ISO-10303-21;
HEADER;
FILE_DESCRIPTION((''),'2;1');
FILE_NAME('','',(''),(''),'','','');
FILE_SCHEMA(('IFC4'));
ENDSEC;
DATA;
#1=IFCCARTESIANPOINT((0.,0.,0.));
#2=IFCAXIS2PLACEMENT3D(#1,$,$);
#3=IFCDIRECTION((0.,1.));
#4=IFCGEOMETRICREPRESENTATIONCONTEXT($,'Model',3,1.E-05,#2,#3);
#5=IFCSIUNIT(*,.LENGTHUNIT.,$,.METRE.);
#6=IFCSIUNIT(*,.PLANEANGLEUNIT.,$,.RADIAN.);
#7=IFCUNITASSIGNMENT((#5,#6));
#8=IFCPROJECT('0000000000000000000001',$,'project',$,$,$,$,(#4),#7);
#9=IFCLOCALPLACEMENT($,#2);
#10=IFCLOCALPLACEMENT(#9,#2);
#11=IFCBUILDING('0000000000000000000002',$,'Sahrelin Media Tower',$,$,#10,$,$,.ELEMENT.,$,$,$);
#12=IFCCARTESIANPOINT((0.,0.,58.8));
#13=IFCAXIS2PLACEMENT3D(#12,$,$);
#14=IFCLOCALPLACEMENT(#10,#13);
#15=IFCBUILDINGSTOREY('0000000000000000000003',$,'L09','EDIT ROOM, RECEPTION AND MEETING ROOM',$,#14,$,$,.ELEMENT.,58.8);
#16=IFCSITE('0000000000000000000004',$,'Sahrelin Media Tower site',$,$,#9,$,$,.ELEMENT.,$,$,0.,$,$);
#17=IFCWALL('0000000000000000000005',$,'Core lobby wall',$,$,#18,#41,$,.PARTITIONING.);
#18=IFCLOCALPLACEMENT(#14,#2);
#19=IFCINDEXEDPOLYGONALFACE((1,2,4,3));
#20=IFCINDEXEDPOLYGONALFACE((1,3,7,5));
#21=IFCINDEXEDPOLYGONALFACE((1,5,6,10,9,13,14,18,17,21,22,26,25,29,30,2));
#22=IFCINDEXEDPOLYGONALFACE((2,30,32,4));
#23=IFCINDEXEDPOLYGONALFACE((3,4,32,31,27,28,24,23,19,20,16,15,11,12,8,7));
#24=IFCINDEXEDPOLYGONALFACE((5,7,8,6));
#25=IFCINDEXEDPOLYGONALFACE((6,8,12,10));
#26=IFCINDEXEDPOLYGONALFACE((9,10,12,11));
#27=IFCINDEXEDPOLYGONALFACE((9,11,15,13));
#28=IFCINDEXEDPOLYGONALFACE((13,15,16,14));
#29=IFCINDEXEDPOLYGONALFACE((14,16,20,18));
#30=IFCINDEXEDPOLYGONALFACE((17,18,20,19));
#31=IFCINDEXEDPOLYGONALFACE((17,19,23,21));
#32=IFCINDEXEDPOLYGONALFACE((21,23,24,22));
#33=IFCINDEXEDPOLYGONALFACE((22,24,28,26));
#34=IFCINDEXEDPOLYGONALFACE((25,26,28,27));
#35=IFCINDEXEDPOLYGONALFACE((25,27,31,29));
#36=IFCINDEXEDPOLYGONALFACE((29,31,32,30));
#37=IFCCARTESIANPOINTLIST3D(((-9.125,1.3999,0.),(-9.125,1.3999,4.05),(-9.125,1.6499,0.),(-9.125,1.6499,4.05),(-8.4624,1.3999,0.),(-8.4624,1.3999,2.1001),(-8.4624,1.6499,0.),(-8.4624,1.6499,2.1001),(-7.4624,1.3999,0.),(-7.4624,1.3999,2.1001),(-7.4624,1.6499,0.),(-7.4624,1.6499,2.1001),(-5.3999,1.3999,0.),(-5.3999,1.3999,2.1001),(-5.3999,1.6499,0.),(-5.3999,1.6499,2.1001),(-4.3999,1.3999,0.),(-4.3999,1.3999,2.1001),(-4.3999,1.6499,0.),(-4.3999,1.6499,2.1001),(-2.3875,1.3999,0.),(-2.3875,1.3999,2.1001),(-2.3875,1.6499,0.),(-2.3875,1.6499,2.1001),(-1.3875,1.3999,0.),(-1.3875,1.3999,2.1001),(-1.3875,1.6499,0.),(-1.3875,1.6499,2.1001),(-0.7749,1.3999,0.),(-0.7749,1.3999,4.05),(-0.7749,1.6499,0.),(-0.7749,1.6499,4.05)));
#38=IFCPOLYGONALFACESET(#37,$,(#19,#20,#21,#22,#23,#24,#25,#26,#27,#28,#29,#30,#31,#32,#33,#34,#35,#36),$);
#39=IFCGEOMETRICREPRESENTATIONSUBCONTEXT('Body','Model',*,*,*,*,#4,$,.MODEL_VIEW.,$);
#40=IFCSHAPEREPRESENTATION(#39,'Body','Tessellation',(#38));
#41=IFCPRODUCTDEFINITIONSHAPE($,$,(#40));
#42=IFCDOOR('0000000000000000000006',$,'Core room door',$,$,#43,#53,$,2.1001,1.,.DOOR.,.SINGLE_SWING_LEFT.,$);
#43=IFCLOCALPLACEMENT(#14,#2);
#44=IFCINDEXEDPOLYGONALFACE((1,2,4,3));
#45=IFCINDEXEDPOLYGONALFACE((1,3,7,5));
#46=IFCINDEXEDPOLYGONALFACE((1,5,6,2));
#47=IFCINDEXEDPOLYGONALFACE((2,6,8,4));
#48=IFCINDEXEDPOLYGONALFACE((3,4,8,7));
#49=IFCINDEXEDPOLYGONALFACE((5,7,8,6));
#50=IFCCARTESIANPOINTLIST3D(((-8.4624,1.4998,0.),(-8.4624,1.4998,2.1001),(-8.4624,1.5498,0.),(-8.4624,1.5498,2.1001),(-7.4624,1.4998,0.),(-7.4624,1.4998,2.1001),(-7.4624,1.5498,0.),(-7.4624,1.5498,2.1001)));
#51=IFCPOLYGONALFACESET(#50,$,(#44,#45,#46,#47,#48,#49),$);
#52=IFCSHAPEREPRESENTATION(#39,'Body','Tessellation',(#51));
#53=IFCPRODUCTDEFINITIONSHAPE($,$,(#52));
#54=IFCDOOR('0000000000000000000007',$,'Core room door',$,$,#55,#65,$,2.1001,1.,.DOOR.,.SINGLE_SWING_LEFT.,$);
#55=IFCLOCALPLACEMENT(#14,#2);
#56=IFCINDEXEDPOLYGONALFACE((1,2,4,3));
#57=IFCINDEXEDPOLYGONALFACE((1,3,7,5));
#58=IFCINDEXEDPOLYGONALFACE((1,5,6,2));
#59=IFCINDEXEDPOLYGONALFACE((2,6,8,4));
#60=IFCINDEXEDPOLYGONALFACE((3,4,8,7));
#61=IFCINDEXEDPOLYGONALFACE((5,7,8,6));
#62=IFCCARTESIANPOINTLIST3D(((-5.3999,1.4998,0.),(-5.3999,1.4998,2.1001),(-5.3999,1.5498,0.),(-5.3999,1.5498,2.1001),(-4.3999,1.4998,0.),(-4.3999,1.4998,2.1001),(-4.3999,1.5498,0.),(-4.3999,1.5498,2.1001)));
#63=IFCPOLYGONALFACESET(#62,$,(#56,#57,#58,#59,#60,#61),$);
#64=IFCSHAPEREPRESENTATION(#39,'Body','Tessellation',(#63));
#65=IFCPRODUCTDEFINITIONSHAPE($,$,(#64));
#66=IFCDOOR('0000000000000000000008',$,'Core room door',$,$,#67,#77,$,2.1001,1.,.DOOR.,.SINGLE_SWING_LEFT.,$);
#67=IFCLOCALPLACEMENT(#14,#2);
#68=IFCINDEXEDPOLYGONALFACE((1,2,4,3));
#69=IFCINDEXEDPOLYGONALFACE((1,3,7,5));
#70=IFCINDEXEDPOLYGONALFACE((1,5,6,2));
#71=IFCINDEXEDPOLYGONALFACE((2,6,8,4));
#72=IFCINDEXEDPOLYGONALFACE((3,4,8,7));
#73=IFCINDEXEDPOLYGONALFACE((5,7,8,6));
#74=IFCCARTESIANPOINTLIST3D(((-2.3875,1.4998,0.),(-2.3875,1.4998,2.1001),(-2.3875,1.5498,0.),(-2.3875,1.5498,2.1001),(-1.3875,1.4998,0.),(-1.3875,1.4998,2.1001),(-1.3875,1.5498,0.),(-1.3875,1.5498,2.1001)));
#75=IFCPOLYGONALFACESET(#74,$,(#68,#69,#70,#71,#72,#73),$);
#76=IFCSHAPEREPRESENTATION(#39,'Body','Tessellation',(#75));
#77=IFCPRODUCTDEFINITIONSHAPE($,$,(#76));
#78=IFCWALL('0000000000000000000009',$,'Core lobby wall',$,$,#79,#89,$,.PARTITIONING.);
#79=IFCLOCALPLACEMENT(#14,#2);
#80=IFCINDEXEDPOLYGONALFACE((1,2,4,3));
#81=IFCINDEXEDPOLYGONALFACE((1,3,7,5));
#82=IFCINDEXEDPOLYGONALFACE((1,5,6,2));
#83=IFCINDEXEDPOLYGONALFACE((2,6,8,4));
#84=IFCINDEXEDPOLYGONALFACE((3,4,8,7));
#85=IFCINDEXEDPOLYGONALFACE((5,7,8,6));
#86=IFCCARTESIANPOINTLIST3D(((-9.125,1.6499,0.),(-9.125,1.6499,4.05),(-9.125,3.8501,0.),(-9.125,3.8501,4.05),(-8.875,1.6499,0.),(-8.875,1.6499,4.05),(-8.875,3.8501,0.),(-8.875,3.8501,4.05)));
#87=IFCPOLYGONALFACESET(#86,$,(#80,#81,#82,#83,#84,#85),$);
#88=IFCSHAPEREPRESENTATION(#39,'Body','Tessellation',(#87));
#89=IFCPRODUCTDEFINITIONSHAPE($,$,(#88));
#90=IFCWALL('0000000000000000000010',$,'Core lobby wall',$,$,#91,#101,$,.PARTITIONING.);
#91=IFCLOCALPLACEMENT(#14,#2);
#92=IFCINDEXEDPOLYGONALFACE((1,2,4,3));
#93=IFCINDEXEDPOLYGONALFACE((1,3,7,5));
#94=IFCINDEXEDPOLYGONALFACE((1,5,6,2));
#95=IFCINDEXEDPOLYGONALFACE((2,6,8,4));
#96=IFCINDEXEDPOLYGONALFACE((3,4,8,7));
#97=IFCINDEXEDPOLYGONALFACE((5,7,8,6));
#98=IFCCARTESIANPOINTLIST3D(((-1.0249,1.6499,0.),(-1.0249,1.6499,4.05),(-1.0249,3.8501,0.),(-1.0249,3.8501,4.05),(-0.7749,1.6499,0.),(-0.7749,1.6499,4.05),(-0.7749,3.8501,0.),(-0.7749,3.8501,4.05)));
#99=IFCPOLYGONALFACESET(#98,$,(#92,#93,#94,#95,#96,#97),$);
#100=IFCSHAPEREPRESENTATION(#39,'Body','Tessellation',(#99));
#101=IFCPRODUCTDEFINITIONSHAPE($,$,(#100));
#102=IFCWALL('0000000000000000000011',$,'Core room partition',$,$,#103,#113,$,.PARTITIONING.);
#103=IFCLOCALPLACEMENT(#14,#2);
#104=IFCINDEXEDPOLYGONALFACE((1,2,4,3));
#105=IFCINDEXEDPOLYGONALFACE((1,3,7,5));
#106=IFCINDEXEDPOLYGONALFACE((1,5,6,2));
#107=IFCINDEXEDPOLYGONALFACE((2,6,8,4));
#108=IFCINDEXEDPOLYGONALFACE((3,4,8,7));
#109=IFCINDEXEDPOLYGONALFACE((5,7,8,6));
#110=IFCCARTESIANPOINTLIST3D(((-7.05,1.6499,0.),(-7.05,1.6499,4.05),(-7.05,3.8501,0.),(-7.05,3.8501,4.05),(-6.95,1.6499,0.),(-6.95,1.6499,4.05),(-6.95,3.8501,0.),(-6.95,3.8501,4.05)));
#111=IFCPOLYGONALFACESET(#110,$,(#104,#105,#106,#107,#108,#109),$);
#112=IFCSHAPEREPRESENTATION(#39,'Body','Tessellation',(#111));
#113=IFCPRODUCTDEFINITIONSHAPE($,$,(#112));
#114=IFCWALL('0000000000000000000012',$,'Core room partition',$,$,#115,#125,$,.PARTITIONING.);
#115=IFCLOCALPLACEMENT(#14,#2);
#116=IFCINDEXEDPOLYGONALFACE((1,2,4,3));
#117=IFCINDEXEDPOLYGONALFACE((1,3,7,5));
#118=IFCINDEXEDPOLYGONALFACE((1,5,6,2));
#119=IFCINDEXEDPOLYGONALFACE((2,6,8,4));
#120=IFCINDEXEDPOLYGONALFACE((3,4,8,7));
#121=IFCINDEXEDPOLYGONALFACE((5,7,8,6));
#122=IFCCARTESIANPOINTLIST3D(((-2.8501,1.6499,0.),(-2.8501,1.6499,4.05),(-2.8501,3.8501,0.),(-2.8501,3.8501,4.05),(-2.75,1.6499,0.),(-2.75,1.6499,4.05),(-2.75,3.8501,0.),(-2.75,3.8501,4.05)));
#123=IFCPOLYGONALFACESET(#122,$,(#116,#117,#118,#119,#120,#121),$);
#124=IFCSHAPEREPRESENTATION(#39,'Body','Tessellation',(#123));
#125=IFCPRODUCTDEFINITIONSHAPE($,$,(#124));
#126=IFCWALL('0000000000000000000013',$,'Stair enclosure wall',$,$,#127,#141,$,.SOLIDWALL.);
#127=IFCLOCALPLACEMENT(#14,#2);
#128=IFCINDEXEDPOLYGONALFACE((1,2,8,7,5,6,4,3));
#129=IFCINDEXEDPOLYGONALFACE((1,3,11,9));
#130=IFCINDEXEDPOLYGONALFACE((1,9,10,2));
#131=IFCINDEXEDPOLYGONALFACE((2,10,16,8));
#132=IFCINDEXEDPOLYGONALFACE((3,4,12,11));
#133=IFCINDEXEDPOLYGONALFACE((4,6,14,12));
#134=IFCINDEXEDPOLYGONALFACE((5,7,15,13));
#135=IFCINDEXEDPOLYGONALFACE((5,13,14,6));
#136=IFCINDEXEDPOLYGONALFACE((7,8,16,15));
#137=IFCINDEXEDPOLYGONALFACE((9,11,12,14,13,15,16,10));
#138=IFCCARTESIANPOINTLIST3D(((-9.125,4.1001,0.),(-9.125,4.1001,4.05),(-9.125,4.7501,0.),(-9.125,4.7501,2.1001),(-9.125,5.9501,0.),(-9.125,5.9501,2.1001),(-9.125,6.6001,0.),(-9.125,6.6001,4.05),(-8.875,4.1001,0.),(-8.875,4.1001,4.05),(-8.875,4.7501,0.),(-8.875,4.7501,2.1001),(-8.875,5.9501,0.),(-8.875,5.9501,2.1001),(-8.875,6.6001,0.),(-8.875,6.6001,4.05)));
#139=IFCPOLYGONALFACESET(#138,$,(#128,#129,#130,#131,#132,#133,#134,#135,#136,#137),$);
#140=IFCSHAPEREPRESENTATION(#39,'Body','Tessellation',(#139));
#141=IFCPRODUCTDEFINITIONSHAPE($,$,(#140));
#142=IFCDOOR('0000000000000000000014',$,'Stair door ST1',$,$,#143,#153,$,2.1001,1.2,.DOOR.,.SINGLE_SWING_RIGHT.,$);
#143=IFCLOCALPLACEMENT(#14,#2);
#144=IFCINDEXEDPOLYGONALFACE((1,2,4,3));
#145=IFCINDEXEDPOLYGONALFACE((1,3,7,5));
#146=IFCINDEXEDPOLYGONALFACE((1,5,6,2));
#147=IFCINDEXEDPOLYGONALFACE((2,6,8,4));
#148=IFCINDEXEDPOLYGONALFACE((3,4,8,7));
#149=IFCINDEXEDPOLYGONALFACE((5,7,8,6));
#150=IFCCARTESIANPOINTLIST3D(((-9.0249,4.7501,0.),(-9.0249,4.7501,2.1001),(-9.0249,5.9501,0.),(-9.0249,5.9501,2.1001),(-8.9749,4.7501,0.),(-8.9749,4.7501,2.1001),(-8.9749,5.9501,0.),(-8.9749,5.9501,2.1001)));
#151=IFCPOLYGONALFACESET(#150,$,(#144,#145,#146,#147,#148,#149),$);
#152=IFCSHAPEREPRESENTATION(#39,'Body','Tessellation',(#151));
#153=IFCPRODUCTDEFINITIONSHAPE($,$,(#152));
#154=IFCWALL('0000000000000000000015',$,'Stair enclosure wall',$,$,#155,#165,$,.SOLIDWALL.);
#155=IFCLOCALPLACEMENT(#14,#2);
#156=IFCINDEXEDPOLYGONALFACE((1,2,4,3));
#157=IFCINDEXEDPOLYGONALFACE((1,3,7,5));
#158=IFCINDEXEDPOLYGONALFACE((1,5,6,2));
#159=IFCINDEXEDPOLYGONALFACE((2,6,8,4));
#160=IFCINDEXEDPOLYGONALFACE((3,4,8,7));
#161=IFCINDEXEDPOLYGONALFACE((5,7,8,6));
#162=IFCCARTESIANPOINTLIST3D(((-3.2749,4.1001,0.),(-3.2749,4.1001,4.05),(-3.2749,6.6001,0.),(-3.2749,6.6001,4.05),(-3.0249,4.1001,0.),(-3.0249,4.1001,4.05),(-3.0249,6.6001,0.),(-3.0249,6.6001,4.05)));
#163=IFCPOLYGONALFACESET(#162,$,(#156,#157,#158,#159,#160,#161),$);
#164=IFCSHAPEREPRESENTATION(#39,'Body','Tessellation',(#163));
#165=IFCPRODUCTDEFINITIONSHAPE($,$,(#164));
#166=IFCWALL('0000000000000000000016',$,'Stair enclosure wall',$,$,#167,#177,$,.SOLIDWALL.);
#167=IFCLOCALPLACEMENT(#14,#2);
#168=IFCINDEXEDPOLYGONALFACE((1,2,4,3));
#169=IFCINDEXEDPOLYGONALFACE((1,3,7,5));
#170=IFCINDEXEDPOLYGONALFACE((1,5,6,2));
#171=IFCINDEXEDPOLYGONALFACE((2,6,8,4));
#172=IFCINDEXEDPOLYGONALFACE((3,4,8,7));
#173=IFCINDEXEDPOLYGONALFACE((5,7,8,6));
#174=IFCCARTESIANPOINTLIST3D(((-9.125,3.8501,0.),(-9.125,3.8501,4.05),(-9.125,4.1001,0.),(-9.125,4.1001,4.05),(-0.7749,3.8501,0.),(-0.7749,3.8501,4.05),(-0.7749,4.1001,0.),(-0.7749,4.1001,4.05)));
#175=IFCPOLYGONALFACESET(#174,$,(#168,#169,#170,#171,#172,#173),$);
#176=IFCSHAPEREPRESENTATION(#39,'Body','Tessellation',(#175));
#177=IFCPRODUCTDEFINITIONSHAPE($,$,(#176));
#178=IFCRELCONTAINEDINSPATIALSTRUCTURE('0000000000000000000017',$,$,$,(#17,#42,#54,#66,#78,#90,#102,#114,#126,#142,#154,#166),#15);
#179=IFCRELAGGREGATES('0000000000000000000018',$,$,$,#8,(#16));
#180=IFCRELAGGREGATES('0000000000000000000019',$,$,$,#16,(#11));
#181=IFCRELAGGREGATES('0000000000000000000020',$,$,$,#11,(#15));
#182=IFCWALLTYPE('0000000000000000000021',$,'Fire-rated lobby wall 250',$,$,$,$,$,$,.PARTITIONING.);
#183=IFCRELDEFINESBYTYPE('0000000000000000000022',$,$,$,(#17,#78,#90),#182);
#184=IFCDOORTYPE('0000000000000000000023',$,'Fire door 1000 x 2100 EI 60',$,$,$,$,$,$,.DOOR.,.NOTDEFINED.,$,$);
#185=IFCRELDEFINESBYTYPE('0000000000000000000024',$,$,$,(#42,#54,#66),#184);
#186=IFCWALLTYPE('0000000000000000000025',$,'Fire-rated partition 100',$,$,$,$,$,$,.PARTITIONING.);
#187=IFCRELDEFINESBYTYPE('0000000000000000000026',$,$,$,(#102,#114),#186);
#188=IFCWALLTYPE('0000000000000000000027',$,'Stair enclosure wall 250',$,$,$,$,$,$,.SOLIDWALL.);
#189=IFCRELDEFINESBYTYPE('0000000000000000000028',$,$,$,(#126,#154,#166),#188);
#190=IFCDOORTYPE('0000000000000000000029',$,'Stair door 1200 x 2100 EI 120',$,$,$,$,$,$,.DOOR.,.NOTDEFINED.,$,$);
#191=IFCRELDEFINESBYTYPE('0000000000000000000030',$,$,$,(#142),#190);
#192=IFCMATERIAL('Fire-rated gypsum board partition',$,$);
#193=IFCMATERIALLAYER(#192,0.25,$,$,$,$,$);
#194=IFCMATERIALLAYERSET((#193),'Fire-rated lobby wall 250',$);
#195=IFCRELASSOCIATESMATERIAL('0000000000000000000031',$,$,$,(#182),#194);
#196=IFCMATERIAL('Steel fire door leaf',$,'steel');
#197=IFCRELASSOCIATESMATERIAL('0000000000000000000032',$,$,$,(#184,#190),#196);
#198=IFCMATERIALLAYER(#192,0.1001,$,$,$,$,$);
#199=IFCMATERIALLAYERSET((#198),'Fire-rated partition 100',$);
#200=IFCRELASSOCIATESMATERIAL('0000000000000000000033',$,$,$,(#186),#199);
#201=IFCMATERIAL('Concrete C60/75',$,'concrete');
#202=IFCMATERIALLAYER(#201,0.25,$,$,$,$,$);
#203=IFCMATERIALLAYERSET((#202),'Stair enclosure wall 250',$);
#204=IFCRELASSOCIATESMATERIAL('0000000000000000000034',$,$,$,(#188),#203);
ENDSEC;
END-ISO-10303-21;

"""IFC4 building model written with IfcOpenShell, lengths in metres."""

from ifc_helpers import new_model, si_unit, direction, frame, frame_2d, origin, place, context, subcontext, project, spatial, rectangle, extrude, material, layer, layer_set, type_object, element, fill, save


model = new_model("IFC4")

# Units and contexts
model_context = context("Model", 3, precision=1e-05, world=origin(), true_north=direction((0.0, 1.0)))
body_context = subcontext(model_context, "Body", "Model", "MODEL_VIEW")
ifc_project = project(units=[si_unit("LENGTHUNIT", "METRE"), si_unit("PLANEANGLEUNIT", "RADIAN")], contexts=[model_context])

# Site, building, storey
site_placement = place(None, origin())
site = spatial("IfcSite", under=ifc_project, at=site_placement, Name="Sahrelin Media Tower site", CompositionType="ELEMENT", RefElevation=0.0)
building_placement = place(site_placement, origin())
building = spatial("IfcBuilding", under=site, at=building_placement, Name="Sahrelin Media Tower", CompositionType="ELEMENT")
storey_placement = place(building_placement, frame((0.0, 0.0, 58.8)))
storey = spatial("IfcBuildingStorey", under=building, at=storey_placement, Name="L09", Description="EDIT ROOM, RECEPTION AND MEETING ROOM", CompositionType="ELEMENT", Elevation=58.8)

# Shared definitions
ifc_material_1 = material(Name="Concrete C60/75", Category="concrete")
ifc_material_2 = material(Name="Steel fire door leaf", Category="steel")

# Shared definitions
ifc_material_3 = material(Name="Fire-rated gypsum board partition")
ifc_layer_1 = layer(ifc_material_3, 0.25)
ifc_layer_set_1 = layer_set([ifc_layer_1], Name="Fire-rated lobby wall 250")
wall_type_1 = type_object("IfcWallType", Name="Fire-rated lobby wall 250", PredefinedType="PARTITIONING", material=ifc_layer_set_1)

# Wall, openings, doors
wall_1_placement = place(storey_placement, frame((-9.125, 1.5249, 0.0), z_axis=(0.0, 0.0, 1.0), x_axis=(1.0, 0.0, 0.0)))
wall_1 = element("IfcWall", 1, at=wall_1_placement, inside=storey, type_object=wall_type_1, Name="Core lobby wall", PredefinedType="PARTITIONING", context=body_context, shape_type="SweptSolid", body=[
    extrude(rectangle(XDim=8.3501, YDim=0.25, at=frame_2d((4.175, 0.0))), origin(), (0.0, 0.0, 1.0), 4.05),
])
opening_1_placement = place(wall_1_placement, frame((0.6626, 0.0, 0.0)))
opening_1 = element("IfcOpeningElement", 2, at=opening_1_placement, cuts=wall_1, PredefinedType="OPENING", context=body_context, shape_type="SweptSolid", body=[
    extrude(rectangle(XDim=1.0, YDim=2.1001, at=frame_2d((0.5, 1.05))), frame((0.0, 0.125, 0.0), z_axis=(0.0, -1.0, 0.0), x_axis=(1.0, 0.0, 0.0)), (0.0, 0.0, 1.0), 0.25),
])
opening_2_placement = place(wall_1_placement, frame((3.7251, 0.0, 0.0)))
opening_2 = element("IfcOpeningElement", 3, at=opening_2_placement, cuts=wall_1, PredefinedType="OPENING", context=body_context, shape_type="SweptSolid", body=[
    extrude(rectangle(XDim=1.0, YDim=2.1001, at=frame_2d((0.5, 1.05))), frame((0.0, 0.125, 0.0), z_axis=(0.0, -1.0, 0.0), x_axis=(1.0, 0.0, 0.0)), (0.0, 0.0, 1.0), 0.25),
])
opening_3_placement = place(wall_1_placement, frame((6.7375, 0.0, 0.0)))
opening_3 = element("IfcOpeningElement", 4, at=opening_3_placement, cuts=wall_1, PredefinedType="OPENING", context=body_context, shape_type="SweptSolid", body=[
    extrude(rectangle(XDim=1.0, YDim=2.1001, at=frame_2d((0.5, 1.05))), frame((0.0, 0.125, 0.0), z_axis=(0.0, -1.0, 0.0), x_axis=(1.0, 0.0, 0.0)), (0.0, 0.0, 1.0), 0.25),
])
door_type_1 = type_object("IfcDoorType", Name="Fire door 1000 x 2100 EI 60", OperationType="NOTDEFINED", PredefinedType="DOOR", material=ifc_material_2)
door_1_placement = place(opening_1_placement, origin())
door_1 = element("IfcDoor", 5, at=door_1_placement, inside=storey, type_object=door_type_1, Name="Core room door", OperationType="SINGLE_SWING_LEFT", OverallHeight=2.1001, OverallWidth=1.0, PredefinedType="DOOR", context=body_context, shape_type="SweptSolid", body=[
    extrude(rectangle(XDim=1.0, YDim=2.1001, at=frame_2d((0.5, 1.05))), frame((0.0, 0.0249, 0.0), z_axis=(0.0, -1.0, 0.0), x_axis=(1.0, 0.0, 0.0)), (0.0, 0.0, 1.0), 0.05),
])
fill(opening_1, door_1)
door_2_placement = place(opening_2_placement, origin())
door_2 = element("IfcDoor", 6, at=door_2_placement, inside=storey, type_object=door_type_1, Name="Core room door", OperationType="SINGLE_SWING_LEFT", OverallHeight=2.1001, OverallWidth=1.0, PredefinedType="DOOR", context=body_context, shape_type="SweptSolid", body=[
    extrude(rectangle(XDim=1.0, YDim=2.1001, at=frame_2d((0.5, 1.05))), frame((0.0, 0.0249, 0.0), z_axis=(0.0, -1.0, 0.0), x_axis=(1.0, 0.0, 0.0)), (0.0, 0.0, 1.0), 0.05),
])
fill(opening_2, door_2)
door_3_placement = place(opening_3_placement, origin())
door_3 = element("IfcDoor", 7, at=door_3_placement, inside=storey, type_object=door_type_1, Name="Core room door", OperationType="SINGLE_SWING_LEFT", OverallHeight=2.1001, OverallWidth=1.0, PredefinedType="DOOR", context=body_context, shape_type="SweptSolid", body=[
    extrude(rectangle(XDim=1.0, YDim=2.1001, at=frame_2d((0.5, 1.05))), frame((0.0, 0.0249, 0.0), z_axis=(0.0, -1.0, 0.0), x_axis=(1.0, 0.0, 0.0)), (0.0, 0.0, 1.0), 0.05),
])
fill(opening_3, door_3)

# Walls
for number, where, z_axis, x_axis, name in (
    (8, (-9.0, 1.6499, 0.0), (0.0, 0.0, 1.0), (0.0, 1.0, 0.0), "Core lobby wall"),
    (9, (-0.8999, 1.6499, 0.0), (0.0, 0.0, 1.0), (0.0, 1.0, 0.0), "Core lobby wall"),
):
    element("IfcWall", number, at=place(storey_placement, frame(where, z_axis=z_axis, x_axis=x_axis)), inside=storey, type_object=wall_type_1, Name=name, PredefinedType="PARTITIONING", context=body_context, shape_type="SweptSolid", body=[
        extrude(rectangle(XDim=2.2002, YDim=0.25, at=frame_2d((1.1001, 0.0))), origin(), (0.0, 0.0, 1.0), 4.05),
    ])
ifc_layer_2 = layer(ifc_material_3, 0.1001)
ifc_layer_set_2 = layer_set([ifc_layer_2], Name="Fire-rated partition 100")
wall_type_2 = type_object("IfcWallType", Name="Fire-rated partition 100", PredefinedType="PARTITIONING", material=ifc_layer_set_2)
for number, where, z_axis, x_axis, name in (
    (10, (-7.0, 1.6499, 0.0), (0.0, 0.0, 1.0), (0.0, 1.0, 0.0), "Core room partition"),
    (11, (-2.8, 1.6499, 0.0), (0.0, 0.0, 1.0), (0.0, 1.0, 0.0), "Core room partition"),
):
    element("IfcWall", number, at=place(storey_placement, frame(where, z_axis=z_axis, x_axis=x_axis)), inside=storey, type_object=wall_type_2, Name=name, PredefinedType="PARTITIONING", context=body_context, shape_type="SweptSolid", body=[
        extrude(rectangle(XDim=2.2002, YDim=0.1001, at=frame_2d((1.1001, 0.0))), origin(), (0.0, 0.0, 1.0), 4.05),
    ])

# Wall, opening, door
ifc_layer_3 = layer(ifc_material_1, 0.25)
ifc_layer_set_3 = layer_set([ifc_layer_3], Name="Stair enclosure wall 250")
wall_type_3 = type_object("IfcWallType", Name="Stair enclosure wall 250", PredefinedType="SOLIDWALL", material=ifc_layer_set_3)
wall_2_placement = place(storey_placement, frame((-9.0, 4.1001, 0.0), z_axis=(0.0, 0.0, 1.0), x_axis=(0.0, 1.0, 0.0)))
wall_2 = element("IfcWall", 12, at=wall_2_placement, inside=storey, type_object=wall_type_3, Name="Stair enclosure wall", PredefinedType="SOLIDWALL", context=body_context, shape_type="SweptSolid", body=[
    extrude(rectangle(XDim=2.5, YDim=0.25, at=frame_2d((1.25, 0.0))), origin(), (0.0, 0.0, 1.0), 4.05),
])
opening_4_placement = place(wall_2_placement, frame((0.6499, 0.0, 0.0)))
opening_4 = element("IfcOpeningElement", 13, at=opening_4_placement, cuts=wall_2, PredefinedType="OPENING", context=body_context, shape_type="SweptSolid", body=[
    extrude(rectangle(XDim=1.2, YDim=2.1001, at=frame_2d((0.6001, 1.05))), frame((0.0, 0.125, 0.0), z_axis=(0.0, -1.0, 0.0), x_axis=(1.0, 0.0, 0.0)), (0.0, 0.0, 1.0), 0.25),
])
door_type_2 = type_object("IfcDoorType", Name="Stair door 1200 x 2100 EI 120", OperationType="NOTDEFINED", PredefinedType="DOOR", material=ifc_material_2)
door_4_placement = place(opening_4_placement, origin())
door_4 = element("IfcDoor", 14, at=door_4_placement, inside=storey, type_object=door_type_2, Name="Stair door ST1", OperationType="SINGLE_SWING_RIGHT", OverallHeight=2.1001, OverallWidth=1.2, PredefinedType="DOOR", context=body_context, shape_type="SweptSolid", body=[
    extrude(rectangle(XDim=1.2, YDim=2.1001, at=frame_2d((0.6001, 1.05))), frame((0.0, 0.0249, 0.0), z_axis=(0.0, -1.0, 0.0), x_axis=(1.0, 0.0, 0.0)), (0.0, 0.0, 1.0), 0.05),
])
fill(opening_4, door_4)

# Walls
wall_3_placement = place(storey_placement, frame((-3.1499, 4.1001, 0.0), z_axis=(0.0, 0.0, 1.0), x_axis=(0.0, 1.0, 0.0)))
element("IfcWall", 15, at=wall_3_placement, inside=storey, type_object=wall_type_3, Name="Stair enclosure wall", PredefinedType="SOLIDWALL", context=body_context, shape_type="SweptSolid", body=[
    extrude(rectangle(XDim=2.5, YDim=0.25, at=frame_2d((1.25, 0.0))), origin(), (0.0, 0.0, 1.0), 4.05),
])
wall_4_placement = place(storey_placement, frame((-9.125, 3.9751, 0.0), z_axis=(0.0, 0.0, 1.0), x_axis=(1.0, 0.0, 0.0)))
element("IfcWall", 16, at=wall_4_placement, inside=storey, type_object=wall_type_3, Name="Stair enclosure wall", PredefinedType="SOLIDWALL", context=body_context, shape_type="SweptSolid", body=[
    extrude(rectangle(XDim=8.3501, YDim=0.25, at=frame_2d((4.175, 0.0))), origin(), (0.0, 0.0, 1.0), 4.05),
])

save(model, "model.ifc")
